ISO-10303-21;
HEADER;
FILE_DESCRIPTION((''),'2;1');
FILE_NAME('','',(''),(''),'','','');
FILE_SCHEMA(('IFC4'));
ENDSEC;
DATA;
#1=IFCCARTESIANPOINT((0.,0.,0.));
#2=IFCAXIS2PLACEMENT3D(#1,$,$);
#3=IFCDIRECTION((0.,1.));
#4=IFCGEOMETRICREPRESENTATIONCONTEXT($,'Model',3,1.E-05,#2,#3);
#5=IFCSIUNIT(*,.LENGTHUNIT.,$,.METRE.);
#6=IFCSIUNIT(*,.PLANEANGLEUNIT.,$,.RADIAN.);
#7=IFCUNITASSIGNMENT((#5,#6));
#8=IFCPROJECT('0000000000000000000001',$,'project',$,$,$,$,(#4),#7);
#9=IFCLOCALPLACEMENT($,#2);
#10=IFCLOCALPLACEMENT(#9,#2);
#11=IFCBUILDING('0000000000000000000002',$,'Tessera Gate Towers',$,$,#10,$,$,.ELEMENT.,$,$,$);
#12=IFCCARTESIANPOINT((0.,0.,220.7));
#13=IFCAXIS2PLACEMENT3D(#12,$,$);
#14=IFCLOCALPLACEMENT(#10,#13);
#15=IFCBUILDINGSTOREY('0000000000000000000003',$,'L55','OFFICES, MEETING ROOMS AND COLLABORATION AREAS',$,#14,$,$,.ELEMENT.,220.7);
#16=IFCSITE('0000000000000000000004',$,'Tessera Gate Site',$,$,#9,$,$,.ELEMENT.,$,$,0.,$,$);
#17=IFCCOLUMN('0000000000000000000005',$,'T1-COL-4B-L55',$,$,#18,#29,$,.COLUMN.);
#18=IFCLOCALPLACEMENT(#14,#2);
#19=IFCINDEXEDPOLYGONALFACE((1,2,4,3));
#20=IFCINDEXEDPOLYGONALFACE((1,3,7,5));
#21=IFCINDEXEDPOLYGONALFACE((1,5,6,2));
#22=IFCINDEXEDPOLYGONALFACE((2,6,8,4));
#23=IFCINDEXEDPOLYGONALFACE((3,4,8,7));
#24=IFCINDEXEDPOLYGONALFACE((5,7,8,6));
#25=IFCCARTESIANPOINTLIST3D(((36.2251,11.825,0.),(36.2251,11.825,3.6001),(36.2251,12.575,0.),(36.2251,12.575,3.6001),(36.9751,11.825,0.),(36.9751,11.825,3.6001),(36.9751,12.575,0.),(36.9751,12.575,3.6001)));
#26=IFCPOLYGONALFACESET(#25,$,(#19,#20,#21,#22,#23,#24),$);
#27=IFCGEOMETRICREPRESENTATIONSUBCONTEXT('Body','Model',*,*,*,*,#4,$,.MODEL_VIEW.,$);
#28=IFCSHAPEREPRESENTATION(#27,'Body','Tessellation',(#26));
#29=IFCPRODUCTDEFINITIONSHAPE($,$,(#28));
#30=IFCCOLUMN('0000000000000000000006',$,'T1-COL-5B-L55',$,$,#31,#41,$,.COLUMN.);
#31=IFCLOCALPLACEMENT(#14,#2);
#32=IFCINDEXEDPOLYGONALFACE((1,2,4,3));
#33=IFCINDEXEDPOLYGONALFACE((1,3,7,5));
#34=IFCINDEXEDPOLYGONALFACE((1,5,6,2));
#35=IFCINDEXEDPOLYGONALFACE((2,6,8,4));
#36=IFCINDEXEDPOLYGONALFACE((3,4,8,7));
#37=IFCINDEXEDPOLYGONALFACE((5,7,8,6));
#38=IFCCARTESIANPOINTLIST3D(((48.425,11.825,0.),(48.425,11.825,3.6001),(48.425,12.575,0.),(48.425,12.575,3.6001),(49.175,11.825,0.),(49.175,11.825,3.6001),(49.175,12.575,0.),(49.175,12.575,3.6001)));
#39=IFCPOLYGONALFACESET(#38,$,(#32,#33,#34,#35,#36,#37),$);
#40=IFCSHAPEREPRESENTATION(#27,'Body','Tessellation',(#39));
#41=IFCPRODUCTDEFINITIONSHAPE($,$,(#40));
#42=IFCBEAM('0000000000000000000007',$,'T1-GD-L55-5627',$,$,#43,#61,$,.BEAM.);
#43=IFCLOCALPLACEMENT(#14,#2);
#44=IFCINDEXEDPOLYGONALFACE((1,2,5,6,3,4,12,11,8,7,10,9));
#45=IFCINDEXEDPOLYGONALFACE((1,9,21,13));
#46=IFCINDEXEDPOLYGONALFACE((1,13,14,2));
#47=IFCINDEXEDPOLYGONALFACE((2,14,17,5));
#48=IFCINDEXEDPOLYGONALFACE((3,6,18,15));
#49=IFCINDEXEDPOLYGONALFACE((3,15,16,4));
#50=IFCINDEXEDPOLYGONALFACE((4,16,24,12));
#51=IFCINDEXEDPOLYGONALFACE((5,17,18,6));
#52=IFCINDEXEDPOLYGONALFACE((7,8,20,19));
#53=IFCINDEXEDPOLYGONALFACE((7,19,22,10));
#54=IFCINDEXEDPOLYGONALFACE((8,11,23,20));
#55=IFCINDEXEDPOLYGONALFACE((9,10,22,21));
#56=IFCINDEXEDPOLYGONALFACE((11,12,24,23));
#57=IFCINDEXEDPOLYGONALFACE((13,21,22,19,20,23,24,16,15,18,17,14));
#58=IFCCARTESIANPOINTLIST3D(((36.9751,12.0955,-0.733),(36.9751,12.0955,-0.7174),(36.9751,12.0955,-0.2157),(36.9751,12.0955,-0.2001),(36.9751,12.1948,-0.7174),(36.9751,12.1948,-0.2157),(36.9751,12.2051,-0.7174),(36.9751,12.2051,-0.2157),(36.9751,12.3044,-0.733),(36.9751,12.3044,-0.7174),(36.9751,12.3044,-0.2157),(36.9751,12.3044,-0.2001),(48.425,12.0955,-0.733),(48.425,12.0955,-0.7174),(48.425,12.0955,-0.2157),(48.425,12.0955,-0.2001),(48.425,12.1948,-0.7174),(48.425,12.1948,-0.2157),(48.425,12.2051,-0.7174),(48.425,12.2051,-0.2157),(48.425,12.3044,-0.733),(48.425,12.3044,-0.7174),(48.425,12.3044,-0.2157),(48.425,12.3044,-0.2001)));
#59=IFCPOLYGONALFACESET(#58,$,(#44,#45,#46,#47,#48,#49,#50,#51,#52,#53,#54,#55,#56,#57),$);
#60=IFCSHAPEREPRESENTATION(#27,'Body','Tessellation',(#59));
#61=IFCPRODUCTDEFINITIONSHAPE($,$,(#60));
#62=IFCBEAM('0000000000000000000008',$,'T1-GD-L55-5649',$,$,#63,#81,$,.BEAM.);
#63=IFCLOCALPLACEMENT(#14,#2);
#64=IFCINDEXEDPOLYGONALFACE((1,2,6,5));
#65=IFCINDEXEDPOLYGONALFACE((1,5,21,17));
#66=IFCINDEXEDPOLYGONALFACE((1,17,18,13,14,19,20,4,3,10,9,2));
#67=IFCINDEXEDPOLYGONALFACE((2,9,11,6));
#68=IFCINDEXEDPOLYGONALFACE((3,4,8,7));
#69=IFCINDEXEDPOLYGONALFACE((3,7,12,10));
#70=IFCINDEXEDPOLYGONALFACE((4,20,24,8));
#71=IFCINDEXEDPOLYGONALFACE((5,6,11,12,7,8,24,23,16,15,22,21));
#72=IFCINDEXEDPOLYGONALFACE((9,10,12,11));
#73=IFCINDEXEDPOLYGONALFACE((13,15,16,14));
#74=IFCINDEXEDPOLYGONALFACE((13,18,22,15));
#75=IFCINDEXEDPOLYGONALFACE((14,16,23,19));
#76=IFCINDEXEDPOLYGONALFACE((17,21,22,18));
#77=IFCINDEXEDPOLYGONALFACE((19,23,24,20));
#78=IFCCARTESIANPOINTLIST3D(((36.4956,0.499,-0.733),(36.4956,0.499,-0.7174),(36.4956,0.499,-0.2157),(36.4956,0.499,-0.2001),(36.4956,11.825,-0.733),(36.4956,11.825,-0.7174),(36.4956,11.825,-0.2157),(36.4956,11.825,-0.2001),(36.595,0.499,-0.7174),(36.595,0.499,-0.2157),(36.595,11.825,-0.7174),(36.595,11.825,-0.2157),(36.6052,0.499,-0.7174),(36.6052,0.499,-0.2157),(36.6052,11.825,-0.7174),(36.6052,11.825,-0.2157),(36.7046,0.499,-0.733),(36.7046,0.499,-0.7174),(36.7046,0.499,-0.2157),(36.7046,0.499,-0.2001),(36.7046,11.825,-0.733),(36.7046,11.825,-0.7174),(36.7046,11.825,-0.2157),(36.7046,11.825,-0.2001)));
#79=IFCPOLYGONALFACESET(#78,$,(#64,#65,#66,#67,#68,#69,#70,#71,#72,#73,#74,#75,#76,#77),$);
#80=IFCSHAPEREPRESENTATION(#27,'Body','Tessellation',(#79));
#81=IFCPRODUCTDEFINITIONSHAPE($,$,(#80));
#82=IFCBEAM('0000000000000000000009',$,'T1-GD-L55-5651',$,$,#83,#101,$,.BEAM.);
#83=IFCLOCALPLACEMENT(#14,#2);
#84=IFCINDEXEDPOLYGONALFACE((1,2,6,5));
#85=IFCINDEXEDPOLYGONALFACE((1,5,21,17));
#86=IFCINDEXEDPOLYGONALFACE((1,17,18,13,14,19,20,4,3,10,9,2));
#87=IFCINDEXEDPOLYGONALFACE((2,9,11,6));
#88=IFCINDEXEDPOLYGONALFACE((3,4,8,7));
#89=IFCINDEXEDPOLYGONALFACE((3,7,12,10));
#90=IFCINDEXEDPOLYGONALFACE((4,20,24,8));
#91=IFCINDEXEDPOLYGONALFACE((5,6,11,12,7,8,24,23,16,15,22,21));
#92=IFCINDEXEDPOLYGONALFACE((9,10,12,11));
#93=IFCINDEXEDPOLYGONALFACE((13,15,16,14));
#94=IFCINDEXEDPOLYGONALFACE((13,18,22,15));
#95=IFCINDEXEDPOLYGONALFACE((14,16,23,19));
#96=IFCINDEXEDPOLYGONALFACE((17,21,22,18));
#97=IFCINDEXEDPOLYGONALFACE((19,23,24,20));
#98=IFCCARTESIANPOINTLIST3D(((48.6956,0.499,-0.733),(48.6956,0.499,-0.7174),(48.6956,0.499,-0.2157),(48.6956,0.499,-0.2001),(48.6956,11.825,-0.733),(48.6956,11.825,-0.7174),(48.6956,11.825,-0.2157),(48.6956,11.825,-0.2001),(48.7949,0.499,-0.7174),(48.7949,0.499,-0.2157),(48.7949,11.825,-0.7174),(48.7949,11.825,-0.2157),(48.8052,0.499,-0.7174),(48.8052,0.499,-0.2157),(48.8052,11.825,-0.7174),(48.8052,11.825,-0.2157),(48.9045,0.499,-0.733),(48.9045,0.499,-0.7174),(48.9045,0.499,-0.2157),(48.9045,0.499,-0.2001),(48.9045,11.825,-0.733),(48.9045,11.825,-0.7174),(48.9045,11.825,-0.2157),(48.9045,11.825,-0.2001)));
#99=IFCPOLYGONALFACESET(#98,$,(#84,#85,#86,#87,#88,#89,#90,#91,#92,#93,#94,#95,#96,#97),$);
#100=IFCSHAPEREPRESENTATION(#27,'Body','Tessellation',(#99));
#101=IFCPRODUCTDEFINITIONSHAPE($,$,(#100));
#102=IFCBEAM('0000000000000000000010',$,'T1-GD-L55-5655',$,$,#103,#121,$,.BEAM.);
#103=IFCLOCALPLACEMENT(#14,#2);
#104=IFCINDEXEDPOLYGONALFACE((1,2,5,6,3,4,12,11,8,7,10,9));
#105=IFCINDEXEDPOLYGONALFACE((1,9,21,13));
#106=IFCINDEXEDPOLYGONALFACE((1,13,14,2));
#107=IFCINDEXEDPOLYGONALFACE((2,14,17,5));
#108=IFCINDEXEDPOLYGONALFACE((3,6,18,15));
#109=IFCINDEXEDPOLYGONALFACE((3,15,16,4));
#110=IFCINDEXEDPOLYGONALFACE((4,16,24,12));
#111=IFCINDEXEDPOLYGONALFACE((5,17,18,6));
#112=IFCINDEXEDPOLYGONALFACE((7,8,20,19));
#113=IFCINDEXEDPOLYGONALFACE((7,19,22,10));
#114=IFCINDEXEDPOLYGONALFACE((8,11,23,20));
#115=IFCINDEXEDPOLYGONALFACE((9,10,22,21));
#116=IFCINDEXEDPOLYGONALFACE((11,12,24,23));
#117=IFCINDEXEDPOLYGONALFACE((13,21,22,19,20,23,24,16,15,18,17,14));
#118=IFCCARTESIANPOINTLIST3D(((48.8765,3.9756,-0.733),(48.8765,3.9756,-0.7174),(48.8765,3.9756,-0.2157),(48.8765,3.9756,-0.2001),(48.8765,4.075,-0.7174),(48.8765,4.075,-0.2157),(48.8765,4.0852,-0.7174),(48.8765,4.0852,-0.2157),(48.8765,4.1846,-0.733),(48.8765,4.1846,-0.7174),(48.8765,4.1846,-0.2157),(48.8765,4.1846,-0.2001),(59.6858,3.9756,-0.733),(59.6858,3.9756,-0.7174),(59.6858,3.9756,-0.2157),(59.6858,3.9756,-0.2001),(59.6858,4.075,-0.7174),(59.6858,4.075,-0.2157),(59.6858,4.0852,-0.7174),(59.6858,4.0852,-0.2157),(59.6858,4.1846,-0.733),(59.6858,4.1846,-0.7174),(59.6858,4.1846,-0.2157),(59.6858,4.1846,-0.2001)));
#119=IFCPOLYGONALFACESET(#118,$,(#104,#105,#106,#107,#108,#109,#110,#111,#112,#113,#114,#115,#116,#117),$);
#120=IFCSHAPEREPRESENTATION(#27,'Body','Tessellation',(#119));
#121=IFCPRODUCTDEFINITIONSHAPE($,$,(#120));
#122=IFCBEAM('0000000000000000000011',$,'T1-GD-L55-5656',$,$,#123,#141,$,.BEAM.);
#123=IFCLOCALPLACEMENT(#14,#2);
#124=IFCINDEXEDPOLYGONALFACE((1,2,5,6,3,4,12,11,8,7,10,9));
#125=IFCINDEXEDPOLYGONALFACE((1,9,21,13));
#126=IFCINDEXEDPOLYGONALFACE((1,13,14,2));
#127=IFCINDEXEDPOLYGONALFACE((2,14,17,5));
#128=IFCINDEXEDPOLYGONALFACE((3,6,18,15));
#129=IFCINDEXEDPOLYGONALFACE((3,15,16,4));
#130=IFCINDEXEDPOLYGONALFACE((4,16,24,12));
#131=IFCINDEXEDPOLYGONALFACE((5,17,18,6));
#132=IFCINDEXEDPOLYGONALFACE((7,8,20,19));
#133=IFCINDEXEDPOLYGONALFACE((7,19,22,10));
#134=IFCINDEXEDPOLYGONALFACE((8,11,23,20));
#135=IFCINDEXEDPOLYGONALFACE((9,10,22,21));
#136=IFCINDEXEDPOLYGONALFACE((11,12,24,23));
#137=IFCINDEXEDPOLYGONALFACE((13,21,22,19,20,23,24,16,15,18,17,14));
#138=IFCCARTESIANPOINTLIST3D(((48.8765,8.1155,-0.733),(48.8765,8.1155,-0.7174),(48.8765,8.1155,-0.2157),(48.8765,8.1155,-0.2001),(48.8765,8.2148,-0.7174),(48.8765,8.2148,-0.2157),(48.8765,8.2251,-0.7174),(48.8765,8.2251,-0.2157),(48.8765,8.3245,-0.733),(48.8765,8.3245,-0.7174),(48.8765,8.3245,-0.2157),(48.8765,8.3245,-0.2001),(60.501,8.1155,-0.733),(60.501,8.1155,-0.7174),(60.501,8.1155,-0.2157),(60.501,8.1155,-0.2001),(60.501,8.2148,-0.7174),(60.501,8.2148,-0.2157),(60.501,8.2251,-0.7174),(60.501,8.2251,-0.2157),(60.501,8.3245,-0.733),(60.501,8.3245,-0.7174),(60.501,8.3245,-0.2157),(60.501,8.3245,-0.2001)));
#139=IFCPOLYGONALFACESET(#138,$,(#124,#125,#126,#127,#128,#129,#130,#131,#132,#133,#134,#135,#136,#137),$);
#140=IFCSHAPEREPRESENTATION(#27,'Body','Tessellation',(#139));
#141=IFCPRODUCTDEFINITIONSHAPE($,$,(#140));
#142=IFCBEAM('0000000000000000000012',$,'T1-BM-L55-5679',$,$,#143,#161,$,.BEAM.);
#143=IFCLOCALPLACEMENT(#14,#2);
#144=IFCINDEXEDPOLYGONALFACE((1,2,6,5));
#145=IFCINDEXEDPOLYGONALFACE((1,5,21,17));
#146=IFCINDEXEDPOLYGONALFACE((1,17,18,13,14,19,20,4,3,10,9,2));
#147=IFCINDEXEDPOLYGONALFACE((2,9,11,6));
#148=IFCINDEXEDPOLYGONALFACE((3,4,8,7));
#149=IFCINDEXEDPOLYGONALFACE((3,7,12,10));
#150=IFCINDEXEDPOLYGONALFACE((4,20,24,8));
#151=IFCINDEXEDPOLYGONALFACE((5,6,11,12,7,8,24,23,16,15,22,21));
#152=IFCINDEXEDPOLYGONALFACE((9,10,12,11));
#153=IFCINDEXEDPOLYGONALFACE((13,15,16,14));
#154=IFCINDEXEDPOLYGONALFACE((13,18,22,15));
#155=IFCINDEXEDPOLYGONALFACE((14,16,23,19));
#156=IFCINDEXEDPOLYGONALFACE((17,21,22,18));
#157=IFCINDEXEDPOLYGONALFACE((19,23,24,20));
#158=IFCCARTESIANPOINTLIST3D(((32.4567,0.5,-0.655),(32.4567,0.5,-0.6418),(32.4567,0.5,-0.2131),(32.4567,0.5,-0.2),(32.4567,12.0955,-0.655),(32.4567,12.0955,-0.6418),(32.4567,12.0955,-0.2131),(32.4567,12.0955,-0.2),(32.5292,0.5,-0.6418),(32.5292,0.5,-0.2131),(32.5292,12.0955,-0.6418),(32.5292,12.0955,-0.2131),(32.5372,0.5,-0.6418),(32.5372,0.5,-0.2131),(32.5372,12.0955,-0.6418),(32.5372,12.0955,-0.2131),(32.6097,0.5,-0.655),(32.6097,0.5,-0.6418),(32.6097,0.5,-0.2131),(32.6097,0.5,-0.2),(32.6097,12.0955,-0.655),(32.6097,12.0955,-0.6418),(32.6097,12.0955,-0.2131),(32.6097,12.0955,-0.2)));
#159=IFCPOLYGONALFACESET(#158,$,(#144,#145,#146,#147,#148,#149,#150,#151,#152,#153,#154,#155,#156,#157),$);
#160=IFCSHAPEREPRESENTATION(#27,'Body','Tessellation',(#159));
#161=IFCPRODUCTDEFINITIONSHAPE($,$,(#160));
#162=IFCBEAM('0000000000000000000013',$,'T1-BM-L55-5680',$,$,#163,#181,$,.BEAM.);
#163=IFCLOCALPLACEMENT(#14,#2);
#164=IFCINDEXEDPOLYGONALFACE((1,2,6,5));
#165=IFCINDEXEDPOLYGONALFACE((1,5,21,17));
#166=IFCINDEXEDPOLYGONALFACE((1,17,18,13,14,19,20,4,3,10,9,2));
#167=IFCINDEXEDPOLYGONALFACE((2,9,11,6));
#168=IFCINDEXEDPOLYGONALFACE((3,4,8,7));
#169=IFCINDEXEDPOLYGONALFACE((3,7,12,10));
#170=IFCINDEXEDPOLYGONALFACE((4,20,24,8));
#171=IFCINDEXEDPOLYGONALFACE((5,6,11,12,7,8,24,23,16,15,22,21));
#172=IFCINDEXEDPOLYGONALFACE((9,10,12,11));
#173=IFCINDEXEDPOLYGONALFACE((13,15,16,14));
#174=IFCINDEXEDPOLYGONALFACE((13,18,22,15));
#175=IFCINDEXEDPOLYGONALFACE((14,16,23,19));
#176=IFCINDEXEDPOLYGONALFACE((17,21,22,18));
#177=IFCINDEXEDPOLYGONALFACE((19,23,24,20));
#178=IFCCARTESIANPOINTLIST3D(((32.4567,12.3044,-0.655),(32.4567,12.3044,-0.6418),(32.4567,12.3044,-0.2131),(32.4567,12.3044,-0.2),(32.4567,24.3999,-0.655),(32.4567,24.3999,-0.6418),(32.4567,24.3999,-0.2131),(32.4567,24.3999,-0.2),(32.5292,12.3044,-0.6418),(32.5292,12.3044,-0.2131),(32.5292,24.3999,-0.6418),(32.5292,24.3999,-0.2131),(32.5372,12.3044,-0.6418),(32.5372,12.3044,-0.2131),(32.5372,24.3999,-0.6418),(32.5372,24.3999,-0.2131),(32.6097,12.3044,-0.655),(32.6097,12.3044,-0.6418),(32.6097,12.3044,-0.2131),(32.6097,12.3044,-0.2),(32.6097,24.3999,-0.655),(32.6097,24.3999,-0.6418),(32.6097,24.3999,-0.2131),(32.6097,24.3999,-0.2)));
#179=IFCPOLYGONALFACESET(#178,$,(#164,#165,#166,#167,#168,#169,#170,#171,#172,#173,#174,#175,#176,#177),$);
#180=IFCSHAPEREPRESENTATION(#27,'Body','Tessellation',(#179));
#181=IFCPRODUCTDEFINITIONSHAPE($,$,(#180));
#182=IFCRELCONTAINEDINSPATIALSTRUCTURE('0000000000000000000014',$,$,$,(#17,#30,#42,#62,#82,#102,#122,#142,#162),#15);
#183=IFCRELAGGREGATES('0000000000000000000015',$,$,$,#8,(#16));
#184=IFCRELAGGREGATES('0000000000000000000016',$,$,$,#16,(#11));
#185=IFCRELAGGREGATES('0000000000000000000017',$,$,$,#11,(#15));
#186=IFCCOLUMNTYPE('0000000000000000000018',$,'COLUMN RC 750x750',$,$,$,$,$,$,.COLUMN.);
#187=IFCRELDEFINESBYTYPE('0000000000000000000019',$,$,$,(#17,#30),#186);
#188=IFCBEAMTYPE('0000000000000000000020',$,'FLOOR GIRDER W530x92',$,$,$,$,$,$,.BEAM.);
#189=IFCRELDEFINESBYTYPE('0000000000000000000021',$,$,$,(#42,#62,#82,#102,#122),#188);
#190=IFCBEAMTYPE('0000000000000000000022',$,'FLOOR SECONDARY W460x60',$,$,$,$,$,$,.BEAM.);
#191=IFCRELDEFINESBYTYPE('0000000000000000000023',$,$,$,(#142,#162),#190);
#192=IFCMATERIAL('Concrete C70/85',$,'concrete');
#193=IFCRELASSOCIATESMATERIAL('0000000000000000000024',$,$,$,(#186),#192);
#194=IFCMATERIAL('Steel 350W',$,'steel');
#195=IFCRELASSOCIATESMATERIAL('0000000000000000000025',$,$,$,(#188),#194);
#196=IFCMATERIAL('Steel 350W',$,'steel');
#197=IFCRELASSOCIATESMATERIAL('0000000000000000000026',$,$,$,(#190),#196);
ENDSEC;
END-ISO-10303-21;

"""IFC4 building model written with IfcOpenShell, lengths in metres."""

from ifc_helpers import new_model, si_unit, direction, frame, origin, origin_2d, place, context, subcontext, project, spatial, rectangle, i_section, extrude, material, material_profile, profile_set, type_object, element, save


model = new_model("IFC4")

# Units and contexts
model_context = context("Model", 3, precision=1e-05, world=origin(), true_north=direction((0.0, 1.0)))
body_context = subcontext(model_context, "Body", "Model", "MODEL_VIEW")
ifc_project = project(units=[si_unit("LENGTHUNIT", "METRE"), si_unit("PLANEANGLEUNIT", "RADIAN")], contexts=[model_context])

# Site, building, storey
site_placement = place(None, origin())
site = spatial("IfcSite", under=ifc_project, at=site_placement, Name="Tessera Gate Site", CompositionType="ELEMENT", RefElevation=0.0)
building_placement = place(site_placement, origin())
building = spatial("IfcBuilding", under=site, at=building_placement, Name="Tessera Gate Towers", CompositionType="ELEMENT")
storey_placement = place(building_placement, frame((0.0, 0.0, 220.7)))
storey = spatial("IfcBuildingStorey", under=building, at=storey_placement, Name="L55", Description="OFFICES, MEETING ROOMS AND COLLABORATION AREAS", CompositionType="ELEMENT", Elevation=220.7)

# Columns
ifc_material_1 = material(Name="Concrete C70/85", Category="concrete")
ifc_material_profile_1 = material_profile(ifc_material_1, rectangle(XDim=0.75, YDim=0.75, at=origin_2d()), Name="RC 750x750")
ifc_profile_set_1 = profile_set([ifc_material_profile_1], Name="Concrete C70/85")
column_type = type_object("IfcColumnType", Name="COLUMN RC 750x750", PredefinedType="COLUMN", material=ifc_profile_set_1)
for number, where, z_axis, x_axis, name in (
    (1, (36.6001, 12.2, 0.0), (0.0, 0.0, 1.0), (1.0, 0.0, 0.0), "T1-COL-4B-L55"),
    (2, (48.8, 12.2, 0.0), (0.0, 0.0, 1.0), (1.0, 0.0, 0.0), "T1-COL-5B-L55"),
):
    element("IfcColumn", number, at=place(storey_placement, frame(where, z_axis=z_axis, x_axis=x_axis)), inside=storey, type_object=column_type, Name=name, PredefinedType="COLUMN", context=body_context, shape_type="SweptSolid", body=[
        extrude(rectangle(XDim=0.75, YDim=0.75, at=origin_2d()), origin(), (0.0, 0.0, 1.0), 3.6001),
    ])

# Beams
ifc_material_2 = material(Name="Steel 350W", Category="steel")
ifc_material_profile_2 = material_profile(ifc_material_2, i_section(OverallWidth=0.209, OverallDepth=0.533, WebThickness=0.0103, FlangeThickness=0.0156, at=origin_2d()), Name="W530x92")
ifc_profile_set_2 = profile_set([ifc_material_profile_2], Name="Steel 350W")
beam_type_1 = type_object("IfcBeamType", Name="FLOOR GIRDER W530x92", PredefinedType="BEAM", material=ifc_profile_set_2)
beam_1_placement = place(storey_placement, frame((36.9751, 12.2, -0.4666), z_axis=(1.0, 0.0, 0.0), x_axis=(0.0, 1.0, 0.0)))
element("IfcBeam", 3, at=beam_1_placement, inside=storey, type_object=beam_type_1, Name="T1-GD-L55-5627", PredefinedType="BEAM", context=body_context, shape_type="SweptSolid", body=[
    extrude(i_section(OverallWidth=0.209, OverallDepth=0.533, WebThickness=0.0103, FlangeThickness=0.0156, at=origin_2d()), origin(), (0.0, 0.0, 1.0), 11.45),
])
for number, where, z_axis, x_axis, name in (
    (4, (36.6001, 0.499, -0.4666), (0.0, 1.0, 0.0), (-1.0, 0.0, 0.0), "T1-GD-L55-5649"),
    (5, (48.8, 0.499, -0.4666), (0.0, 1.0, 0.0), (-1.0, 0.0, 0.0), "T1-GD-L55-5651"),
):
    element("IfcBeam", number, at=place(storey_placement, frame(where, z_axis=z_axis, x_axis=x_axis)), inside=storey, type_object=beam_type_1, Name=name, PredefinedType="BEAM", context=body_context, shape_type="SweptSolid", body=[
        extrude(i_section(OverallWidth=0.209, OverallDepth=0.533, WebThickness=0.0103, FlangeThickness=0.0156, at=origin_2d()), origin(), (0.0, 0.0, 1.0), 11.3259),
    ])
beam_2_placement = place(storey_placement, frame((48.8765, 4.0801, -0.4666), z_axis=(1.0, 0.0, 0.0), x_axis=(0.0, 1.0, 0.0)))
element("IfcBeam", 6, at=beam_2_placement, inside=storey, type_object=beam_type_1, Name="T1-GD-L55-5655", PredefinedType="BEAM", context=body_context, shape_type="SweptSolid", body=[
    extrude(i_section(OverallWidth=0.209, OverallDepth=0.533, WebThickness=0.0103, FlangeThickness=0.0156, at=origin_2d()), origin(), (0.0, 0.0, 1.0), 10.8093),
])
beam_3_placement = place(storey_placement, frame((48.8765, 8.22, -0.4666), z_axis=(1.0, 0.0, 0.0), x_axis=(0.0, 1.0, 0.0)))
element("IfcBeam", 7, at=beam_3_placement, inside=storey, type_object=beam_type_1, Name="T1-GD-L55-5656", PredefinedType="BEAM", context=body_context, shape_type="SweptSolid", body=[
    extrude(i_section(OverallWidth=0.209, OverallDepth=0.533, WebThickness=0.0103, FlangeThickness=0.0156, at=origin_2d()), origin(), (0.0, 0.0, 1.0), 11.6245),
])
ifc_material_3 = material(Name="Steel 350W", Category="steel")
ifc_material_profile_3 = material_profile(ifc_material_3, i_section(OverallWidth=0.1531, OverallDepth=0.4551, WebThickness=0.0081, FlangeThickness=0.0132, at=origin_2d()), Name="W460x60")
ifc_profile_set_3 = profile_set([ifc_material_profile_3], Name="Steel 350W")
beam_type_2 = type_object("IfcBeamType", Name="FLOOR SECONDARY W460x60", PredefinedType="BEAM", material=ifc_profile_set_3)
beam_4_placement = place(storey_placement, frame((32.5332, 0.5, -0.4275), z_axis=(0.0, 1.0, 0.0), x_axis=(-1.0, 0.0, 0.0)))
element("IfcBeam", 8, at=beam_4_placement, inside=storey, type_object=beam_type_2, Name="T1-BM-L55-5679", PredefinedType="BEAM", context=body_context, shape_type="SweptSolid", body=[
    extrude(i_section(OverallWidth=0.1531, OverallDepth=0.4551, WebThickness=0.0081, FlangeThickness=0.0132, at=origin_2d()), origin(), (0.0, 0.0, 1.0), 11.5955),
])
beam_5_placement = place(storey_placement, frame((32.5332, 12.3044, -0.4275), z_axis=(0.0, 1.0, 0.0), x_axis=(-1.0, 0.0, 0.0)))
element("IfcBeam", 9, at=beam_5_placement, inside=storey, type_object=beam_type_2, Name="T1-BM-L55-5680", PredefinedType="BEAM", context=body_context, shape_type="SweptSolid", body=[
    extrude(i_section(OverallWidth=0.1531, OverallDepth=0.4551, WebThickness=0.0081, FlangeThickness=0.0132, at=origin_2d()), origin(), (0.0, 0.0, 1.0), 12.0955),
])

save(model, "model.ifc")
